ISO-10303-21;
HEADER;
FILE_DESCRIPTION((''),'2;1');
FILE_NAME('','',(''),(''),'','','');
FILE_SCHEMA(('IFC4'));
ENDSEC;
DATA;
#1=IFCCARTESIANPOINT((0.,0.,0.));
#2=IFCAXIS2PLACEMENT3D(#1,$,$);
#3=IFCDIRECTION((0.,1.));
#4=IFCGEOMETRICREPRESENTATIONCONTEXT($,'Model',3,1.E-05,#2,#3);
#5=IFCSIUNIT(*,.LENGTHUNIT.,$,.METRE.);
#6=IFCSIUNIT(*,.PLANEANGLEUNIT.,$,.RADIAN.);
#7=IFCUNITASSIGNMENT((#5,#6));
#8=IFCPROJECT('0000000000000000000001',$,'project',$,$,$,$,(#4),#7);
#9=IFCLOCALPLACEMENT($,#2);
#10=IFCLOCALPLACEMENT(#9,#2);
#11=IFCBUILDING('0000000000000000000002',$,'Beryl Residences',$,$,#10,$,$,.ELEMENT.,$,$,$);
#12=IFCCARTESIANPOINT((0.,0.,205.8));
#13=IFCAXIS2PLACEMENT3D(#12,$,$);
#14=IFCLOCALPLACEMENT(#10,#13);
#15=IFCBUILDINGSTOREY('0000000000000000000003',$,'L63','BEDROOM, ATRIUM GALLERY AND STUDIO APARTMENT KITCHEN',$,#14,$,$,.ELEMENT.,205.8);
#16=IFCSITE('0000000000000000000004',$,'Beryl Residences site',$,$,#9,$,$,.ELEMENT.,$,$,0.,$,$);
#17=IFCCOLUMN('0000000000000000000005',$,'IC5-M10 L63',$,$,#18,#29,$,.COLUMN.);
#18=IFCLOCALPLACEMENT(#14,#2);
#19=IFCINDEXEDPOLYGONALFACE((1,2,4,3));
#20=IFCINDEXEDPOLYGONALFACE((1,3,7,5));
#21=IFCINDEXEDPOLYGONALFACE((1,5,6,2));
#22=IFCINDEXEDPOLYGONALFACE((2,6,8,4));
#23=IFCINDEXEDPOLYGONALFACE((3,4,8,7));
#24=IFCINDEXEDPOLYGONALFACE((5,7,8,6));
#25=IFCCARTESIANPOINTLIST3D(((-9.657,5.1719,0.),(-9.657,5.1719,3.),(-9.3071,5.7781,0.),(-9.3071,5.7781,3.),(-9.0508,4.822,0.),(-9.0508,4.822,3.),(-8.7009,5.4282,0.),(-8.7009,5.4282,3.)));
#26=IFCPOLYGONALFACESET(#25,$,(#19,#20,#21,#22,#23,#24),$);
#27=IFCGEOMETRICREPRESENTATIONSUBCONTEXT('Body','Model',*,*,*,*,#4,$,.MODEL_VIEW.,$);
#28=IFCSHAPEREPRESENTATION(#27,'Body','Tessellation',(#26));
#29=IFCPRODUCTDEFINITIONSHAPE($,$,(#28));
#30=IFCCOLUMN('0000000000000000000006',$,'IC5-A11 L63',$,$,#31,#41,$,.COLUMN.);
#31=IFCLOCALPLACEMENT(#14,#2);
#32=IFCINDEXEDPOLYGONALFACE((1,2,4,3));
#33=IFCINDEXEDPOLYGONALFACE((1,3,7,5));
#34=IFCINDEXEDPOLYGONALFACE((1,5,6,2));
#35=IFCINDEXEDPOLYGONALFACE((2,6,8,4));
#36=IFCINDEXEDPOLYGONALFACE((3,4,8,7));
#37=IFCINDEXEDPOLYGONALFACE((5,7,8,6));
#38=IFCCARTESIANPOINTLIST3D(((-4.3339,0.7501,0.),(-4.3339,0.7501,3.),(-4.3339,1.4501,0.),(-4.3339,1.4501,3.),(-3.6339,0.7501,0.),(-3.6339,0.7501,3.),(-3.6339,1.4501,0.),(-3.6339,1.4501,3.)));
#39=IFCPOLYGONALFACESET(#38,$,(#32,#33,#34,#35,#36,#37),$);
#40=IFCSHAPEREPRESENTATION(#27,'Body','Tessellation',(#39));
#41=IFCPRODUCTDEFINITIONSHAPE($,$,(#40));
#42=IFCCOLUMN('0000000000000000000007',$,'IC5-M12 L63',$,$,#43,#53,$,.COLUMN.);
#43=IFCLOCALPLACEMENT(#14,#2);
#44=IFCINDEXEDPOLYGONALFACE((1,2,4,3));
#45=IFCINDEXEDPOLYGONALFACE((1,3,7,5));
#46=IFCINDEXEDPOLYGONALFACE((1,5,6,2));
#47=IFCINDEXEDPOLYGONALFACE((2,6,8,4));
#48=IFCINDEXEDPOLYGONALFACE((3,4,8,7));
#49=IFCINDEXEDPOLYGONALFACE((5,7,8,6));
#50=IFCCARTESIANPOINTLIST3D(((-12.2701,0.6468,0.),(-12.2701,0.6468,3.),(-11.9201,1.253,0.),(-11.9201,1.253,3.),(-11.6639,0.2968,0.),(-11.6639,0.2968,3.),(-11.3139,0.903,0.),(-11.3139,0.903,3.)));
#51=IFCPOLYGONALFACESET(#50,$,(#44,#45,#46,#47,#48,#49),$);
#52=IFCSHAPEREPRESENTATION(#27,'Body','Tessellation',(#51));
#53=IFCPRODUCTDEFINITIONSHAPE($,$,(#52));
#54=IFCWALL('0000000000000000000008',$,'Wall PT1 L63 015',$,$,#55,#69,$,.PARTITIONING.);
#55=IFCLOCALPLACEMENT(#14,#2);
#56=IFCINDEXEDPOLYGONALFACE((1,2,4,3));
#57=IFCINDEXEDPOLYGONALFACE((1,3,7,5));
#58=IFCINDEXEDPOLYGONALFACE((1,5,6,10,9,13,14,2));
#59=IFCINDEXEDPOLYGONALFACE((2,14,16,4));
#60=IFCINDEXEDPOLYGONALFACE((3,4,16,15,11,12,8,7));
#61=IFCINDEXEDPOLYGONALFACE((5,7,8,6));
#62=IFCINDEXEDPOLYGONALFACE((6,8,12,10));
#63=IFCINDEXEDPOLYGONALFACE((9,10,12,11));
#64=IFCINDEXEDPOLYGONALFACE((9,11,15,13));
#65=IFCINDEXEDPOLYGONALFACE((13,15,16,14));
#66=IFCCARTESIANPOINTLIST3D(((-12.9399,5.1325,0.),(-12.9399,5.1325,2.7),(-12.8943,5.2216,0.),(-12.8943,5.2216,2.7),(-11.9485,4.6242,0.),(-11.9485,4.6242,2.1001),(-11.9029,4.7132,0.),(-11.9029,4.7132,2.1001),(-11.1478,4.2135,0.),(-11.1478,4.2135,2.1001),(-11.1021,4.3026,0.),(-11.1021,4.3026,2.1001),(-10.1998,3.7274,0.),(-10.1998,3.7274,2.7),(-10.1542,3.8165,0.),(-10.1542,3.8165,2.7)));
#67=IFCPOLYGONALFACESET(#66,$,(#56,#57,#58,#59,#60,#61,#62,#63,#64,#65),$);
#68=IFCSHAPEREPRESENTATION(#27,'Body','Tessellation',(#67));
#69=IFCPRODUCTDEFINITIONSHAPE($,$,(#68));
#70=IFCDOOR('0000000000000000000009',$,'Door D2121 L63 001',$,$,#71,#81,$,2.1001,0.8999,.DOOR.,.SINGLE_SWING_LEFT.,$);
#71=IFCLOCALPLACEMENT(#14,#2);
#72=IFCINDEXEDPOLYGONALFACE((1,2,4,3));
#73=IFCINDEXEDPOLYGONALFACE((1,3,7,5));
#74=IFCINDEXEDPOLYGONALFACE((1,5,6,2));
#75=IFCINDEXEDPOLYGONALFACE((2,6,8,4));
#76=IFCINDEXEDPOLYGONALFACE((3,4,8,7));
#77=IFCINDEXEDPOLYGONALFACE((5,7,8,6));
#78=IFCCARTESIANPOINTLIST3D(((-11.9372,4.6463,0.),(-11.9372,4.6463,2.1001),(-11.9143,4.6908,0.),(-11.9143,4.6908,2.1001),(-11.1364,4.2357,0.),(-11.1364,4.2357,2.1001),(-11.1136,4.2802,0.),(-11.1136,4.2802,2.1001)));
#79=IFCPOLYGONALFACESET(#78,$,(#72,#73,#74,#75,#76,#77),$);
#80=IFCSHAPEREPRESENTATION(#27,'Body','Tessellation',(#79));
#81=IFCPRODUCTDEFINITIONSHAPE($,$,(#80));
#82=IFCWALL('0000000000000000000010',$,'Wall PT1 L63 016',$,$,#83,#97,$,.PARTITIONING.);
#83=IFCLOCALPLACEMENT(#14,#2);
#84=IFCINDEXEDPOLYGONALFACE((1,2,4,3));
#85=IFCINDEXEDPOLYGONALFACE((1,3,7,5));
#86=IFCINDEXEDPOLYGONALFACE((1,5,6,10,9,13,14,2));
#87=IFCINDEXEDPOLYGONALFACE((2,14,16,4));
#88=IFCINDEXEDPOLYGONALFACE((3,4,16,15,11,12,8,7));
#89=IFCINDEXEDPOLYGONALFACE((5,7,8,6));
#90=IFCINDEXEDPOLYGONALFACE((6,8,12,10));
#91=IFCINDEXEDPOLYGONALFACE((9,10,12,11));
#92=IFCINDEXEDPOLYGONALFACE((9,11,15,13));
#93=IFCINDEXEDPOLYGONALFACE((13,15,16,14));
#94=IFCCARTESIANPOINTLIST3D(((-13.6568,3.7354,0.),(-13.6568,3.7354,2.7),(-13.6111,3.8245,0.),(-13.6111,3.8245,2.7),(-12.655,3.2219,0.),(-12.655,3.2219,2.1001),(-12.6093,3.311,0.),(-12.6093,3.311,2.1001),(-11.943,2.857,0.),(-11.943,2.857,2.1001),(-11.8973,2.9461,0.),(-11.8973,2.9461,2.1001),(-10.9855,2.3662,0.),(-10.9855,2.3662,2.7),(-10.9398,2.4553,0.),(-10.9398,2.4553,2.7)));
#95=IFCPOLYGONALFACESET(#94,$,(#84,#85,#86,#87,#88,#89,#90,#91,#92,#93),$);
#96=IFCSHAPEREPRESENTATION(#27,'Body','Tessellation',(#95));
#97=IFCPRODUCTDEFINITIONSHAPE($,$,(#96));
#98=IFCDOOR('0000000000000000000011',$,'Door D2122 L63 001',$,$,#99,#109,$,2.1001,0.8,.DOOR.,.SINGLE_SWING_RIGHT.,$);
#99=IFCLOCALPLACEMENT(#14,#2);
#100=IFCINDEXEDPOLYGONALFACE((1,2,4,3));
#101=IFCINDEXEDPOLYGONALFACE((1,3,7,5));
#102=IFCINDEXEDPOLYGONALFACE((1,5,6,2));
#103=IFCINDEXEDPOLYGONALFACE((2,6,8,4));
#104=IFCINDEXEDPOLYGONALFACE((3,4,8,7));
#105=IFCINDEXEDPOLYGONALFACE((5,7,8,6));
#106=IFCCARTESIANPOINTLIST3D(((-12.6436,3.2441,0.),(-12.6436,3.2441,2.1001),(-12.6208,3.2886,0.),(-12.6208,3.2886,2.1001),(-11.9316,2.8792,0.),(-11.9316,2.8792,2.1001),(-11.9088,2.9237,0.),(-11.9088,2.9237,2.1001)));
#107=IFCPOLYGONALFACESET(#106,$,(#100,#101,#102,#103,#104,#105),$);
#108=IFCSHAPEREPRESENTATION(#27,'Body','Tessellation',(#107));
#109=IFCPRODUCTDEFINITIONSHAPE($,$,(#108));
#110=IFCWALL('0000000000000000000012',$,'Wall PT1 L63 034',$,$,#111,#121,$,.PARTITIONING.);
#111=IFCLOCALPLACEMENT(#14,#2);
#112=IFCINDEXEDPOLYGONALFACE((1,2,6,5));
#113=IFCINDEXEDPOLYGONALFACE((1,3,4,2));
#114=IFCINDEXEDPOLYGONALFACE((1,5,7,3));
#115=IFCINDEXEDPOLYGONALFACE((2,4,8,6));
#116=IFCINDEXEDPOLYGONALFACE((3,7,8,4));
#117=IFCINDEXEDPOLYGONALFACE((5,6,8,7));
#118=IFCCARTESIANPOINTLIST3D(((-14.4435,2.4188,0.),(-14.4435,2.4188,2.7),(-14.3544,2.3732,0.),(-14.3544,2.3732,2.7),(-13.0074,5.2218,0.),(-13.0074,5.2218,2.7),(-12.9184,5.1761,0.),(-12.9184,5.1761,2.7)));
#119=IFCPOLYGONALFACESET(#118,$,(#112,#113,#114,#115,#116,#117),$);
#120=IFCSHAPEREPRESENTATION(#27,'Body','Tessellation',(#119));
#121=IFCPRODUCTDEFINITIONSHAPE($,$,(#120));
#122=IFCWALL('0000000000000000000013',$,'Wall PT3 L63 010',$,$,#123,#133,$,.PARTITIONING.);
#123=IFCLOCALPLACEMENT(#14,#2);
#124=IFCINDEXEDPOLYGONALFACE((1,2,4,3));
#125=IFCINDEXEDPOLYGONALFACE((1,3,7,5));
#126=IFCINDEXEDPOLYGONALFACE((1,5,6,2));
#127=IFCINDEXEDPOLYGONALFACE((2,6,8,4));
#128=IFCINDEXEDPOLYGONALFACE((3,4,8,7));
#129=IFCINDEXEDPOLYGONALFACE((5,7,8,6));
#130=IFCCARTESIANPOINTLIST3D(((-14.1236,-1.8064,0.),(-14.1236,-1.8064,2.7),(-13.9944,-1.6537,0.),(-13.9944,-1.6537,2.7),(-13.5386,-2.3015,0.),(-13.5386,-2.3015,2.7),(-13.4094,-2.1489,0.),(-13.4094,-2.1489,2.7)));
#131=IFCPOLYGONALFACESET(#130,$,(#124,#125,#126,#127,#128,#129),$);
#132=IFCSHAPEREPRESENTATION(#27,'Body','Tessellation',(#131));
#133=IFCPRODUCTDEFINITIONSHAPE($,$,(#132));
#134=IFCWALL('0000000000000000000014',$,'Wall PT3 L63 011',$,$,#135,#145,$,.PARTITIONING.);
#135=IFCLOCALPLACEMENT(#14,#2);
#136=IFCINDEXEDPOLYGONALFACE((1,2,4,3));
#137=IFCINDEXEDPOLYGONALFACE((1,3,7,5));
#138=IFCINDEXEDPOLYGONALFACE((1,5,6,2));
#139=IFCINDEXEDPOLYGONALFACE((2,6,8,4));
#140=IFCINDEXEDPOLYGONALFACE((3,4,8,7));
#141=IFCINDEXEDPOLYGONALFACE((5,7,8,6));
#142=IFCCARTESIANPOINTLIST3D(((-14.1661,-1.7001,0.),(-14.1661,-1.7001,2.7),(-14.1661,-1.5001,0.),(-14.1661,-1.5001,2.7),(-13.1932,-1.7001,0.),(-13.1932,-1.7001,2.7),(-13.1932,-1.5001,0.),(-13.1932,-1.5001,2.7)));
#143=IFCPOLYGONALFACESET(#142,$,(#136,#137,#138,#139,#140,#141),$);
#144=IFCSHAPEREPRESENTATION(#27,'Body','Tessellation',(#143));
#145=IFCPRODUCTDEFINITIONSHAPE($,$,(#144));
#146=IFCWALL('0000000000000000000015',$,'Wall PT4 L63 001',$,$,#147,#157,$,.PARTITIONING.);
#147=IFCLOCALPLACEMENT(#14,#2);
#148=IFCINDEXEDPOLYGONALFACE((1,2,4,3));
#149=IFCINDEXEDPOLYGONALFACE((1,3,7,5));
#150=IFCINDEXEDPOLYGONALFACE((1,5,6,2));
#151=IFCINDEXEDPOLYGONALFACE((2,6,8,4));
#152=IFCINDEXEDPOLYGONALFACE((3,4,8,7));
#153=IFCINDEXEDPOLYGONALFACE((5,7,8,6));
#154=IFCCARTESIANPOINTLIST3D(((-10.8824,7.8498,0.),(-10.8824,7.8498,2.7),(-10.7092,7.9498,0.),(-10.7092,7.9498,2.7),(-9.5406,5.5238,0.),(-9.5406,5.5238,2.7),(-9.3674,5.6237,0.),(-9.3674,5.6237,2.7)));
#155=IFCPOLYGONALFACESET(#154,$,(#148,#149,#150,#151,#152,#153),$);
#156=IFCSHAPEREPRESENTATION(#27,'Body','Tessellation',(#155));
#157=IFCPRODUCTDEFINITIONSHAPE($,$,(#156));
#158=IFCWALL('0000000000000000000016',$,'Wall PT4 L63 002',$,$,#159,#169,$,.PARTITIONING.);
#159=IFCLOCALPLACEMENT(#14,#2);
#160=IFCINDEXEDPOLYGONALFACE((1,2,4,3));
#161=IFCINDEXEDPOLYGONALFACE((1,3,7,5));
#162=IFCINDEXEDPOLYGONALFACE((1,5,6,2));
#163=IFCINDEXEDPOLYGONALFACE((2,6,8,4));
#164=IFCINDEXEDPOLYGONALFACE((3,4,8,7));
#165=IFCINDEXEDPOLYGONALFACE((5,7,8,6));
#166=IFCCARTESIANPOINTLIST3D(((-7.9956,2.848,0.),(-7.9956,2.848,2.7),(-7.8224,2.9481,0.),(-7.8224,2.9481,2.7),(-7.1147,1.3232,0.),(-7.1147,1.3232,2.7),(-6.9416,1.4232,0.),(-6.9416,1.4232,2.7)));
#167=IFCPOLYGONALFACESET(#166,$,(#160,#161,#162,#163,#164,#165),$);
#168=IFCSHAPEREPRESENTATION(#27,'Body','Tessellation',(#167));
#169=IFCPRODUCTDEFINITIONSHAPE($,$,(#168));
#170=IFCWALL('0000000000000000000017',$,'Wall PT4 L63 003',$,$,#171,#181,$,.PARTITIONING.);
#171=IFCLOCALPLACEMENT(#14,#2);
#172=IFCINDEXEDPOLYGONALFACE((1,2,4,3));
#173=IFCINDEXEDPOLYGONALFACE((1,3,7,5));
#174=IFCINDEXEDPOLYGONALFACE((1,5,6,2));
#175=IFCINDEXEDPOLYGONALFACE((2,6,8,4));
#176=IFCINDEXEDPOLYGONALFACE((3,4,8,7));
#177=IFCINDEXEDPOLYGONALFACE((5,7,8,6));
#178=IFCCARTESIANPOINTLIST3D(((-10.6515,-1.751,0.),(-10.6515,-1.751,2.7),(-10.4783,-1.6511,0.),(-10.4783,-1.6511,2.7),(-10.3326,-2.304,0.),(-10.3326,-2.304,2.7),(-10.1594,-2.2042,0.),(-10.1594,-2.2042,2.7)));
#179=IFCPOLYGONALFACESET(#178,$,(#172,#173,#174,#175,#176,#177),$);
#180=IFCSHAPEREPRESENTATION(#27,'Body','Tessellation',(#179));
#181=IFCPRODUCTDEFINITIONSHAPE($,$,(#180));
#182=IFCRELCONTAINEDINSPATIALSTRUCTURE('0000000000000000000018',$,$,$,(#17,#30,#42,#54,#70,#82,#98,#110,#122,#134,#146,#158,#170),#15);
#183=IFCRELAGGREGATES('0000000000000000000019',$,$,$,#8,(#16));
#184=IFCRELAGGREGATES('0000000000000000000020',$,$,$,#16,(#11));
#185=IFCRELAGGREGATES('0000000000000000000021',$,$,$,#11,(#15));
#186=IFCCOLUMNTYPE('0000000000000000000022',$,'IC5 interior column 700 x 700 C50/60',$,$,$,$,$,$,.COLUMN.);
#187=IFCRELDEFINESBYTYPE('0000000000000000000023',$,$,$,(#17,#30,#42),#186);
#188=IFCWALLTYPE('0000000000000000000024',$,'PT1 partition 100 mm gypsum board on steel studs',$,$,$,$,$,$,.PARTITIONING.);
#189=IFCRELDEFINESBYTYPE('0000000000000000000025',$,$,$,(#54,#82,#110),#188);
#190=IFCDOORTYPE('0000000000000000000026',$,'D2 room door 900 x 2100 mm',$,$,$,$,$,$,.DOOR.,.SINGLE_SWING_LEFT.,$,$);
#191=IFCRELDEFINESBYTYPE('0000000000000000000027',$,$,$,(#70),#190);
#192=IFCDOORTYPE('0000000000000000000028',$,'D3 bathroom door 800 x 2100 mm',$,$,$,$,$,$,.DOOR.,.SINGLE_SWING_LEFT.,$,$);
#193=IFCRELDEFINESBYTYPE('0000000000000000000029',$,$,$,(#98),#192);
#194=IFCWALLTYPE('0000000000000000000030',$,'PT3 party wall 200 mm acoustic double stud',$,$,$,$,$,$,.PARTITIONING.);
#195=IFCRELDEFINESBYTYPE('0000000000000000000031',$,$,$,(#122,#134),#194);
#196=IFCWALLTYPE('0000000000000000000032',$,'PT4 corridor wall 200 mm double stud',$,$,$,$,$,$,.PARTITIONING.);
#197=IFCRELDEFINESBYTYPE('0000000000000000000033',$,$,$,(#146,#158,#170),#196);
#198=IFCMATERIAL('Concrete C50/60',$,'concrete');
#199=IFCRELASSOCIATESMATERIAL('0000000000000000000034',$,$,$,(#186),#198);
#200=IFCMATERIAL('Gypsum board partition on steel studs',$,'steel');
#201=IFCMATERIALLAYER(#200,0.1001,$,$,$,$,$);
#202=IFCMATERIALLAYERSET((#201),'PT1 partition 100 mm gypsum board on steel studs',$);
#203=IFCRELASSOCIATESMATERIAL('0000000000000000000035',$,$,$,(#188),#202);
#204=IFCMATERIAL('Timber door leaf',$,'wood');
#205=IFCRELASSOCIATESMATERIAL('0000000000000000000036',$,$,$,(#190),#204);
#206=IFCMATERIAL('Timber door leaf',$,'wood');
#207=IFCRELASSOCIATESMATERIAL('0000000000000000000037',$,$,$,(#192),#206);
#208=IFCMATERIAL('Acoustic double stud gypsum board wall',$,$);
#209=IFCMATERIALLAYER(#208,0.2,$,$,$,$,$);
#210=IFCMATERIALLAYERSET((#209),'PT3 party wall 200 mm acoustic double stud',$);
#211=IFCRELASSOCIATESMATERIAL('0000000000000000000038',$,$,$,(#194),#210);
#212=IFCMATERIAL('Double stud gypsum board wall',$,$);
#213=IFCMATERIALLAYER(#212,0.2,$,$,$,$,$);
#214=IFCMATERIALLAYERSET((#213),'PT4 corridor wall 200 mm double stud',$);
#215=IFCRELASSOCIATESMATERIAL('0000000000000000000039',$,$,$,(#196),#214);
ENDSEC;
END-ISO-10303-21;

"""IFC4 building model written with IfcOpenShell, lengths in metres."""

from ifc_helpers import new_model, si_unit, direction, frame, frame_2d, origin, origin_2d, place, context, subcontext, project, spatial, rectangle, extrude, material, layer, layer_set, material_profile, profile_set, type_object, element, fill, save


model = new_model("IFC4")

# Units and contexts
model_context = context("Model", 3, precision=1e-05, world=origin(), true_north=direction((0.0, 1.0)))
body_context = subcontext(model_context, "Body", "Model", "MODEL_VIEW")
ifc_project = project(units=[si_unit("LENGTHUNIT", "METRE"), si_unit("PLANEANGLEUNIT", "RADIAN")], contexts=[model_context])

# Site, building, storey
site_placement = place(None, origin())
site = spatial("IfcSite", under=ifc_project, at=site_placement, Name="Beryl Residences site", CompositionType="ELEMENT", RefElevation=0.0)
building_placement = place(site_placement, origin())
building = spatial("IfcBuilding", under=site, at=building_placement, Name="Beryl Residences", CompositionType="ELEMENT")
storey_placement = place(building_placement, frame((0.0, 0.0, 205.8)))
storey = spatial("IfcBuildingStorey", under=building, at=storey_placement, Name="L63", Description="BEDROOM, ATRIUM GALLERY AND STUDIO APARTMENT KITCHEN", CompositionType="ELEMENT", Elevation=205.8)

# Columns
ifc_material_1 = material(Name="Concrete C50/60", Category="concrete")
ifc_material_profile = material_profile(ifc_material_1, rectangle(XDim=0.7, YDim=0.7, at=origin_2d()))
ifc_profile_set = profile_set([ifc_material_profile], Name="Concrete C50/60")
column_type = type_object("IfcColumnType", Name="IC5 interior column 700 x 700 C50/60", PredefinedType="COLUMN", material=ifc_profile_set)
for number, where, z_axis, x_axis, name in (
    (1, (-9.179, 5.3, 0.0), (0.0, 0.0, 1.0), (-0.49997, -0.866043, 0.0), "IC5-M10 L63"),
    (2, (-3.9839, 1.1001, 0.0), (0.0, 0.0, 1.0), (1.0, 0.0, 0.0), "IC5-A11 L63"),
    (3, (-11.792, 0.7749, 0.0), (0.0, 0.0, 1.0), (-0.49997, -0.866043, 0.0), "IC5-M12 L63"),
):
    element("IfcColumn", number, at=place(storey_placement, frame(where, z_axis=z_axis, x_axis=x_axis)), inside=storey, type_object=column_type, Name=name, PredefinedType="COLUMN", context=body_context, shape_type="SweptSolid", body=[
        extrude(rectangle(XDim=0.7, YDim=0.7, at=origin_2d()), origin(), (0.0, 0.0, 1.0), 3.0),
    ])

# Walls, openings, doors
ifc_material_2 = material(Name="Gypsum board partition on steel studs", Category="steel")
ifc_layer_1 = layer(ifc_material_2, 0.1001)
ifc_layer_set_1 = layer_set([ifc_layer_1], Name="PT1 partition 100 mm gypsum board on steel studs")
wall_type_1 = type_object("IfcWallType", Name="PT1 partition 100 mm gypsum board on steel studs", PredefinedType="PARTITIONING", material=ifc_layer_set_1)
wall_1_placement = place(storey_placement, frame((-12.917, 5.177, 0.0), z_axis=(0.0, 0.0, 1.0), x_axis=(0.88983, -0.456293, 0.0)))
wall_1 = element("IfcWall", 4, at=wall_1_placement, inside=storey, type_object=wall_type_1, Name="Wall PT1 L63 015", PredefinedType="PARTITIONING", context=body_context, shape_type="SweptSolid", body=[
    extrude(rectangle(XDim=3.0793, YDim=0.1001, at=frame_2d((1.5396, 0.0))), origin(), (0.0, 0.0, 1.0), 2.7),
])
opening_1_placement = place(wall_1_placement, frame((1.114, 0.0, 0.0)))
opening_1 = element("IfcOpeningElement", 5, at=opening_1_placement, cuts=wall_1, PredefinedType="OPENING", context=body_context, shape_type="SweptSolid", body=[
    extrude(rectangle(XDim=0.8999, YDim=2.1001, at=frame_2d((0.45, 1.05))), frame((0.0, 0.0601, 0.0), z_axis=(0.0, -1.0, 0.0), x_axis=(1.0, 0.0, 0.0)), (0.0, 0.0, 1.0), 0.1201),
])
ifc_material_3 = material(Name="Timber door leaf", Category="wood")
door_type_1 = type_object("IfcDoorType", Name="D2 room door 900 x 2100 mm", OperationType="SINGLE_SWING_LEFT", PredefinedType="DOOR", material=ifc_material_3)
door_1_placement = place(opening_1_placement, origin())
door_1 = element("IfcDoor", 6, at=door_1_placement, inside=storey, type_object=door_type_1, Name="Door D2121 L63 001", OperationType="SINGLE_SWING_LEFT", OverallHeight=2.1001, OverallWidth=0.8999, PredefinedType="DOOR", context=body_context, shape_type="SweptSolid", body=[
    extrude(rectangle(XDim=0.8999, YDim=2.1001, at=frame_2d((0.45, 1.05))), frame((0.0, 0.0249, 0.0), z_axis=(0.0, -1.0, 0.0), x_axis=(1.0, 0.0, 0.0)), (0.0, 0.0, 1.0), 0.05),
])
fill(opening_1, door_1)
wall_2_placement = place(storey_placement, frame((-13.634, 3.78, 0.0), z_axis=(0.0, 0.0, 1.0), x_axis=(0.889909, -0.456138, 0.0)))
wall_2 = element("IfcWall", 7, at=wall_2_placement, inside=storey, type_object=wall_type_1, Name="Wall PT1 L63 016", PredefinedType="PARTITIONING", context=body_context, shape_type="SweptSolid", body=[
    extrude(rectangle(XDim=3.0017, YDim=0.1001, at=frame_2d((1.501, 0.0))), origin(), (0.0, 0.0, 1.0), 2.7),
])
opening_2_placement = place(wall_2_placement, frame((1.126, 0.0, 0.0)))
opening_2 = element("IfcOpeningElement", 8, at=opening_2_placement, cuts=wall_2, PredefinedType="OPENING", context=body_context, shape_type="SweptSolid", body=[
    extrude(rectangle(XDim=0.8, YDim=2.1001, at=frame_2d((0.3999, 1.05))), frame((0.0, 0.0601, 0.0), z_axis=(0.0, -1.0, 0.0), x_axis=(1.0, 0.0, 0.0)), (0.0, 0.0, 1.0), 0.1201),
])
ifc_material_4 = material(Name="Timber door leaf", Category="wood")
door_type_2 = type_object("IfcDoorType", Name="D3 bathroom door 800 x 2100 mm", OperationType="SINGLE_SWING_LEFT", PredefinedType="DOOR", material=ifc_material_4)
door_2_placement = place(opening_2_placement, origin())
door_2 = element("IfcDoor", 9, at=door_2_placement, inside=storey, type_object=door_type_2, Name="Door D2122 L63 001", OperationType="SINGLE_SWING_RIGHT", OverallHeight=2.1001, OverallWidth=0.8, PredefinedType="DOOR", context=body_context, shape_type="SweptSolid", body=[
    extrude(rectangle(XDim=0.8, YDim=2.1001, at=frame_2d((0.3999, 1.05))), frame((0.0, 0.0249, 0.0), z_axis=(0.0, -1.0, 0.0), x_axis=(1.0, 0.0, 0.0)), (0.0, 0.0, 1.0), 0.05),
])
fill(opening_2, door_2)

# Walls
wall_3_placement = place(storey_placement, frame((-14.3989, 2.396, 0.0), z_axis=(0.0, 0.0, 1.0), x_axis=(0.455967, 0.889997, 0.0)))
element("IfcWall", 10, at=wall_3_placement, inside=storey, type_object=wall_type_1, Name="Wall PT1 L63 034", PredefinedType="PARTITIONING", context=body_context, shape_type="SweptSolid", body=[
    extrude(rectangle(XDim=3.1494, YDim=0.1001, at=frame_2d((1.5747, 0.0))), origin(), (0.0, 0.0, 1.0), 2.7),
])
ifc_material_5 = material(Name="Acoustic double stud gypsum board wall")
ifc_layer_2 = layer(ifc_material_5, 0.2)
ifc_layer_set_2 = layer_set([ifc_layer_2], Name="PT3 party wall 200 mm acoustic double stud")
wall_type_2 = type_object("IfcWallType", Name="PT3 party wall 200 mm acoustic double stud", PredefinedType="PARTITIONING", material=ifc_layer_set_2)
wall_4_placement = place(storey_placement, frame((-14.0591, -1.73, 0.0), z_axis=(0.0, 0.0, 1.0), x_axis=(0.76329, -0.646056, 0.0)))
element("IfcWall", 11, at=wall_4_placement, inside=storey, type_object=wall_type_2, Name="Wall PT3 L63 010", PredefinedType="PARTITIONING", context=body_context, shape_type="SweptSolid", body=[
    extrude(rectangle(XDim=0.7664, YDim=0.2, at=frame_2d((0.3833, 0.0))), origin(), (0.0, 0.0, 1.0), 2.7),
])
wall_5_placement = place(storey_placement, frame((-14.166, -1.6001, 0.0), z_axis=(0.0, 0.0, 1.0), x_axis=(1.0, 0.0, 0.0)))
element("IfcWall", 12, at=wall_5_placement, inside=storey, type_object=wall_type_2, Name="Wall PT3 L63 011", PredefinedType="PARTITIONING", context=body_context, shape_type="SweptSolid", body=[
    extrude(rectangle(XDim=0.9729, YDim=0.2, at=frame_2d((0.4863, 0.0))), origin(), (0.0, 0.0, 1.0), 2.7),
])
ifc_material_6 = material(Name="Double stud gypsum board wall")
ifc_layer_3 = layer(ifc_material_6, 0.2)
ifc_layer_set_3 = layer_set([ifc_layer_3], Name="PT4 corridor wall 200 mm double stud")
wall_type_3 = type_object("IfcWallType", Name="PT4 corridor wall 200 mm double stud", PredefinedType="PARTITIONING", material=ifc_layer_set_3)
wall_6_placement = place(storey_placement, frame((-10.7959, 7.8999, 0.0), z_axis=(0.0, 0.0, 1.0), x_axis=(0.499699, -0.866199, 0.0)))
element("IfcWall", 13, at=wall_6_placement, inside=storey, type_object=wall_type_3, Name="Wall PT4 L63 001", PredefinedType="PARTITIONING", context=body_context, shape_type="SweptSolid", body=[
    extrude(rectangle(XDim=2.6853, YDim=0.2, at=frame_2d((1.3428, 0.0))), origin(), (0.0, 0.0, 1.0), 2.7),
])
wall_7_placement = place(storey_placement, frame((-7.9089, 2.8979, 0.0), z_axis=(0.0, 0.0, 1.0), x_axis=(0.500194, -0.865913, 0.0)))
element("IfcWall", 14, at=wall_7_placement, inside=storey, type_object=wall_type_3, Name="Wall PT4 L63 002", PredefinedType="PARTITIONING", context=body_context, shape_type="SweptSolid", body=[
    extrude(rectangle(XDim=1.761, YDim=0.2, at=frame_2d((0.8804, 0.0))), origin(), (0.0, 0.0, 1.0), 2.7),
])
wall_8_placement = place(storey_placement, frame((-10.5649, -1.7009, 0.0), z_axis=(0.0, 0.0, 1.0), x_axis=(0.499513, -0.866307, 0.0)))
element("IfcWall", 15, at=wall_8_placement, inside=storey, type_object=wall_type_3, Name="Wall PT4 L63 003", PredefinedType="PARTITIONING", context=body_context, shape_type="SweptSolid", body=[
    extrude(rectangle(XDim=0.6384, YDim=0.2, at=frame_2d((0.3193, 0.0))), origin(), (0.0, 0.0, 1.0), 2.7),
])

save(model, "model.ifc")
